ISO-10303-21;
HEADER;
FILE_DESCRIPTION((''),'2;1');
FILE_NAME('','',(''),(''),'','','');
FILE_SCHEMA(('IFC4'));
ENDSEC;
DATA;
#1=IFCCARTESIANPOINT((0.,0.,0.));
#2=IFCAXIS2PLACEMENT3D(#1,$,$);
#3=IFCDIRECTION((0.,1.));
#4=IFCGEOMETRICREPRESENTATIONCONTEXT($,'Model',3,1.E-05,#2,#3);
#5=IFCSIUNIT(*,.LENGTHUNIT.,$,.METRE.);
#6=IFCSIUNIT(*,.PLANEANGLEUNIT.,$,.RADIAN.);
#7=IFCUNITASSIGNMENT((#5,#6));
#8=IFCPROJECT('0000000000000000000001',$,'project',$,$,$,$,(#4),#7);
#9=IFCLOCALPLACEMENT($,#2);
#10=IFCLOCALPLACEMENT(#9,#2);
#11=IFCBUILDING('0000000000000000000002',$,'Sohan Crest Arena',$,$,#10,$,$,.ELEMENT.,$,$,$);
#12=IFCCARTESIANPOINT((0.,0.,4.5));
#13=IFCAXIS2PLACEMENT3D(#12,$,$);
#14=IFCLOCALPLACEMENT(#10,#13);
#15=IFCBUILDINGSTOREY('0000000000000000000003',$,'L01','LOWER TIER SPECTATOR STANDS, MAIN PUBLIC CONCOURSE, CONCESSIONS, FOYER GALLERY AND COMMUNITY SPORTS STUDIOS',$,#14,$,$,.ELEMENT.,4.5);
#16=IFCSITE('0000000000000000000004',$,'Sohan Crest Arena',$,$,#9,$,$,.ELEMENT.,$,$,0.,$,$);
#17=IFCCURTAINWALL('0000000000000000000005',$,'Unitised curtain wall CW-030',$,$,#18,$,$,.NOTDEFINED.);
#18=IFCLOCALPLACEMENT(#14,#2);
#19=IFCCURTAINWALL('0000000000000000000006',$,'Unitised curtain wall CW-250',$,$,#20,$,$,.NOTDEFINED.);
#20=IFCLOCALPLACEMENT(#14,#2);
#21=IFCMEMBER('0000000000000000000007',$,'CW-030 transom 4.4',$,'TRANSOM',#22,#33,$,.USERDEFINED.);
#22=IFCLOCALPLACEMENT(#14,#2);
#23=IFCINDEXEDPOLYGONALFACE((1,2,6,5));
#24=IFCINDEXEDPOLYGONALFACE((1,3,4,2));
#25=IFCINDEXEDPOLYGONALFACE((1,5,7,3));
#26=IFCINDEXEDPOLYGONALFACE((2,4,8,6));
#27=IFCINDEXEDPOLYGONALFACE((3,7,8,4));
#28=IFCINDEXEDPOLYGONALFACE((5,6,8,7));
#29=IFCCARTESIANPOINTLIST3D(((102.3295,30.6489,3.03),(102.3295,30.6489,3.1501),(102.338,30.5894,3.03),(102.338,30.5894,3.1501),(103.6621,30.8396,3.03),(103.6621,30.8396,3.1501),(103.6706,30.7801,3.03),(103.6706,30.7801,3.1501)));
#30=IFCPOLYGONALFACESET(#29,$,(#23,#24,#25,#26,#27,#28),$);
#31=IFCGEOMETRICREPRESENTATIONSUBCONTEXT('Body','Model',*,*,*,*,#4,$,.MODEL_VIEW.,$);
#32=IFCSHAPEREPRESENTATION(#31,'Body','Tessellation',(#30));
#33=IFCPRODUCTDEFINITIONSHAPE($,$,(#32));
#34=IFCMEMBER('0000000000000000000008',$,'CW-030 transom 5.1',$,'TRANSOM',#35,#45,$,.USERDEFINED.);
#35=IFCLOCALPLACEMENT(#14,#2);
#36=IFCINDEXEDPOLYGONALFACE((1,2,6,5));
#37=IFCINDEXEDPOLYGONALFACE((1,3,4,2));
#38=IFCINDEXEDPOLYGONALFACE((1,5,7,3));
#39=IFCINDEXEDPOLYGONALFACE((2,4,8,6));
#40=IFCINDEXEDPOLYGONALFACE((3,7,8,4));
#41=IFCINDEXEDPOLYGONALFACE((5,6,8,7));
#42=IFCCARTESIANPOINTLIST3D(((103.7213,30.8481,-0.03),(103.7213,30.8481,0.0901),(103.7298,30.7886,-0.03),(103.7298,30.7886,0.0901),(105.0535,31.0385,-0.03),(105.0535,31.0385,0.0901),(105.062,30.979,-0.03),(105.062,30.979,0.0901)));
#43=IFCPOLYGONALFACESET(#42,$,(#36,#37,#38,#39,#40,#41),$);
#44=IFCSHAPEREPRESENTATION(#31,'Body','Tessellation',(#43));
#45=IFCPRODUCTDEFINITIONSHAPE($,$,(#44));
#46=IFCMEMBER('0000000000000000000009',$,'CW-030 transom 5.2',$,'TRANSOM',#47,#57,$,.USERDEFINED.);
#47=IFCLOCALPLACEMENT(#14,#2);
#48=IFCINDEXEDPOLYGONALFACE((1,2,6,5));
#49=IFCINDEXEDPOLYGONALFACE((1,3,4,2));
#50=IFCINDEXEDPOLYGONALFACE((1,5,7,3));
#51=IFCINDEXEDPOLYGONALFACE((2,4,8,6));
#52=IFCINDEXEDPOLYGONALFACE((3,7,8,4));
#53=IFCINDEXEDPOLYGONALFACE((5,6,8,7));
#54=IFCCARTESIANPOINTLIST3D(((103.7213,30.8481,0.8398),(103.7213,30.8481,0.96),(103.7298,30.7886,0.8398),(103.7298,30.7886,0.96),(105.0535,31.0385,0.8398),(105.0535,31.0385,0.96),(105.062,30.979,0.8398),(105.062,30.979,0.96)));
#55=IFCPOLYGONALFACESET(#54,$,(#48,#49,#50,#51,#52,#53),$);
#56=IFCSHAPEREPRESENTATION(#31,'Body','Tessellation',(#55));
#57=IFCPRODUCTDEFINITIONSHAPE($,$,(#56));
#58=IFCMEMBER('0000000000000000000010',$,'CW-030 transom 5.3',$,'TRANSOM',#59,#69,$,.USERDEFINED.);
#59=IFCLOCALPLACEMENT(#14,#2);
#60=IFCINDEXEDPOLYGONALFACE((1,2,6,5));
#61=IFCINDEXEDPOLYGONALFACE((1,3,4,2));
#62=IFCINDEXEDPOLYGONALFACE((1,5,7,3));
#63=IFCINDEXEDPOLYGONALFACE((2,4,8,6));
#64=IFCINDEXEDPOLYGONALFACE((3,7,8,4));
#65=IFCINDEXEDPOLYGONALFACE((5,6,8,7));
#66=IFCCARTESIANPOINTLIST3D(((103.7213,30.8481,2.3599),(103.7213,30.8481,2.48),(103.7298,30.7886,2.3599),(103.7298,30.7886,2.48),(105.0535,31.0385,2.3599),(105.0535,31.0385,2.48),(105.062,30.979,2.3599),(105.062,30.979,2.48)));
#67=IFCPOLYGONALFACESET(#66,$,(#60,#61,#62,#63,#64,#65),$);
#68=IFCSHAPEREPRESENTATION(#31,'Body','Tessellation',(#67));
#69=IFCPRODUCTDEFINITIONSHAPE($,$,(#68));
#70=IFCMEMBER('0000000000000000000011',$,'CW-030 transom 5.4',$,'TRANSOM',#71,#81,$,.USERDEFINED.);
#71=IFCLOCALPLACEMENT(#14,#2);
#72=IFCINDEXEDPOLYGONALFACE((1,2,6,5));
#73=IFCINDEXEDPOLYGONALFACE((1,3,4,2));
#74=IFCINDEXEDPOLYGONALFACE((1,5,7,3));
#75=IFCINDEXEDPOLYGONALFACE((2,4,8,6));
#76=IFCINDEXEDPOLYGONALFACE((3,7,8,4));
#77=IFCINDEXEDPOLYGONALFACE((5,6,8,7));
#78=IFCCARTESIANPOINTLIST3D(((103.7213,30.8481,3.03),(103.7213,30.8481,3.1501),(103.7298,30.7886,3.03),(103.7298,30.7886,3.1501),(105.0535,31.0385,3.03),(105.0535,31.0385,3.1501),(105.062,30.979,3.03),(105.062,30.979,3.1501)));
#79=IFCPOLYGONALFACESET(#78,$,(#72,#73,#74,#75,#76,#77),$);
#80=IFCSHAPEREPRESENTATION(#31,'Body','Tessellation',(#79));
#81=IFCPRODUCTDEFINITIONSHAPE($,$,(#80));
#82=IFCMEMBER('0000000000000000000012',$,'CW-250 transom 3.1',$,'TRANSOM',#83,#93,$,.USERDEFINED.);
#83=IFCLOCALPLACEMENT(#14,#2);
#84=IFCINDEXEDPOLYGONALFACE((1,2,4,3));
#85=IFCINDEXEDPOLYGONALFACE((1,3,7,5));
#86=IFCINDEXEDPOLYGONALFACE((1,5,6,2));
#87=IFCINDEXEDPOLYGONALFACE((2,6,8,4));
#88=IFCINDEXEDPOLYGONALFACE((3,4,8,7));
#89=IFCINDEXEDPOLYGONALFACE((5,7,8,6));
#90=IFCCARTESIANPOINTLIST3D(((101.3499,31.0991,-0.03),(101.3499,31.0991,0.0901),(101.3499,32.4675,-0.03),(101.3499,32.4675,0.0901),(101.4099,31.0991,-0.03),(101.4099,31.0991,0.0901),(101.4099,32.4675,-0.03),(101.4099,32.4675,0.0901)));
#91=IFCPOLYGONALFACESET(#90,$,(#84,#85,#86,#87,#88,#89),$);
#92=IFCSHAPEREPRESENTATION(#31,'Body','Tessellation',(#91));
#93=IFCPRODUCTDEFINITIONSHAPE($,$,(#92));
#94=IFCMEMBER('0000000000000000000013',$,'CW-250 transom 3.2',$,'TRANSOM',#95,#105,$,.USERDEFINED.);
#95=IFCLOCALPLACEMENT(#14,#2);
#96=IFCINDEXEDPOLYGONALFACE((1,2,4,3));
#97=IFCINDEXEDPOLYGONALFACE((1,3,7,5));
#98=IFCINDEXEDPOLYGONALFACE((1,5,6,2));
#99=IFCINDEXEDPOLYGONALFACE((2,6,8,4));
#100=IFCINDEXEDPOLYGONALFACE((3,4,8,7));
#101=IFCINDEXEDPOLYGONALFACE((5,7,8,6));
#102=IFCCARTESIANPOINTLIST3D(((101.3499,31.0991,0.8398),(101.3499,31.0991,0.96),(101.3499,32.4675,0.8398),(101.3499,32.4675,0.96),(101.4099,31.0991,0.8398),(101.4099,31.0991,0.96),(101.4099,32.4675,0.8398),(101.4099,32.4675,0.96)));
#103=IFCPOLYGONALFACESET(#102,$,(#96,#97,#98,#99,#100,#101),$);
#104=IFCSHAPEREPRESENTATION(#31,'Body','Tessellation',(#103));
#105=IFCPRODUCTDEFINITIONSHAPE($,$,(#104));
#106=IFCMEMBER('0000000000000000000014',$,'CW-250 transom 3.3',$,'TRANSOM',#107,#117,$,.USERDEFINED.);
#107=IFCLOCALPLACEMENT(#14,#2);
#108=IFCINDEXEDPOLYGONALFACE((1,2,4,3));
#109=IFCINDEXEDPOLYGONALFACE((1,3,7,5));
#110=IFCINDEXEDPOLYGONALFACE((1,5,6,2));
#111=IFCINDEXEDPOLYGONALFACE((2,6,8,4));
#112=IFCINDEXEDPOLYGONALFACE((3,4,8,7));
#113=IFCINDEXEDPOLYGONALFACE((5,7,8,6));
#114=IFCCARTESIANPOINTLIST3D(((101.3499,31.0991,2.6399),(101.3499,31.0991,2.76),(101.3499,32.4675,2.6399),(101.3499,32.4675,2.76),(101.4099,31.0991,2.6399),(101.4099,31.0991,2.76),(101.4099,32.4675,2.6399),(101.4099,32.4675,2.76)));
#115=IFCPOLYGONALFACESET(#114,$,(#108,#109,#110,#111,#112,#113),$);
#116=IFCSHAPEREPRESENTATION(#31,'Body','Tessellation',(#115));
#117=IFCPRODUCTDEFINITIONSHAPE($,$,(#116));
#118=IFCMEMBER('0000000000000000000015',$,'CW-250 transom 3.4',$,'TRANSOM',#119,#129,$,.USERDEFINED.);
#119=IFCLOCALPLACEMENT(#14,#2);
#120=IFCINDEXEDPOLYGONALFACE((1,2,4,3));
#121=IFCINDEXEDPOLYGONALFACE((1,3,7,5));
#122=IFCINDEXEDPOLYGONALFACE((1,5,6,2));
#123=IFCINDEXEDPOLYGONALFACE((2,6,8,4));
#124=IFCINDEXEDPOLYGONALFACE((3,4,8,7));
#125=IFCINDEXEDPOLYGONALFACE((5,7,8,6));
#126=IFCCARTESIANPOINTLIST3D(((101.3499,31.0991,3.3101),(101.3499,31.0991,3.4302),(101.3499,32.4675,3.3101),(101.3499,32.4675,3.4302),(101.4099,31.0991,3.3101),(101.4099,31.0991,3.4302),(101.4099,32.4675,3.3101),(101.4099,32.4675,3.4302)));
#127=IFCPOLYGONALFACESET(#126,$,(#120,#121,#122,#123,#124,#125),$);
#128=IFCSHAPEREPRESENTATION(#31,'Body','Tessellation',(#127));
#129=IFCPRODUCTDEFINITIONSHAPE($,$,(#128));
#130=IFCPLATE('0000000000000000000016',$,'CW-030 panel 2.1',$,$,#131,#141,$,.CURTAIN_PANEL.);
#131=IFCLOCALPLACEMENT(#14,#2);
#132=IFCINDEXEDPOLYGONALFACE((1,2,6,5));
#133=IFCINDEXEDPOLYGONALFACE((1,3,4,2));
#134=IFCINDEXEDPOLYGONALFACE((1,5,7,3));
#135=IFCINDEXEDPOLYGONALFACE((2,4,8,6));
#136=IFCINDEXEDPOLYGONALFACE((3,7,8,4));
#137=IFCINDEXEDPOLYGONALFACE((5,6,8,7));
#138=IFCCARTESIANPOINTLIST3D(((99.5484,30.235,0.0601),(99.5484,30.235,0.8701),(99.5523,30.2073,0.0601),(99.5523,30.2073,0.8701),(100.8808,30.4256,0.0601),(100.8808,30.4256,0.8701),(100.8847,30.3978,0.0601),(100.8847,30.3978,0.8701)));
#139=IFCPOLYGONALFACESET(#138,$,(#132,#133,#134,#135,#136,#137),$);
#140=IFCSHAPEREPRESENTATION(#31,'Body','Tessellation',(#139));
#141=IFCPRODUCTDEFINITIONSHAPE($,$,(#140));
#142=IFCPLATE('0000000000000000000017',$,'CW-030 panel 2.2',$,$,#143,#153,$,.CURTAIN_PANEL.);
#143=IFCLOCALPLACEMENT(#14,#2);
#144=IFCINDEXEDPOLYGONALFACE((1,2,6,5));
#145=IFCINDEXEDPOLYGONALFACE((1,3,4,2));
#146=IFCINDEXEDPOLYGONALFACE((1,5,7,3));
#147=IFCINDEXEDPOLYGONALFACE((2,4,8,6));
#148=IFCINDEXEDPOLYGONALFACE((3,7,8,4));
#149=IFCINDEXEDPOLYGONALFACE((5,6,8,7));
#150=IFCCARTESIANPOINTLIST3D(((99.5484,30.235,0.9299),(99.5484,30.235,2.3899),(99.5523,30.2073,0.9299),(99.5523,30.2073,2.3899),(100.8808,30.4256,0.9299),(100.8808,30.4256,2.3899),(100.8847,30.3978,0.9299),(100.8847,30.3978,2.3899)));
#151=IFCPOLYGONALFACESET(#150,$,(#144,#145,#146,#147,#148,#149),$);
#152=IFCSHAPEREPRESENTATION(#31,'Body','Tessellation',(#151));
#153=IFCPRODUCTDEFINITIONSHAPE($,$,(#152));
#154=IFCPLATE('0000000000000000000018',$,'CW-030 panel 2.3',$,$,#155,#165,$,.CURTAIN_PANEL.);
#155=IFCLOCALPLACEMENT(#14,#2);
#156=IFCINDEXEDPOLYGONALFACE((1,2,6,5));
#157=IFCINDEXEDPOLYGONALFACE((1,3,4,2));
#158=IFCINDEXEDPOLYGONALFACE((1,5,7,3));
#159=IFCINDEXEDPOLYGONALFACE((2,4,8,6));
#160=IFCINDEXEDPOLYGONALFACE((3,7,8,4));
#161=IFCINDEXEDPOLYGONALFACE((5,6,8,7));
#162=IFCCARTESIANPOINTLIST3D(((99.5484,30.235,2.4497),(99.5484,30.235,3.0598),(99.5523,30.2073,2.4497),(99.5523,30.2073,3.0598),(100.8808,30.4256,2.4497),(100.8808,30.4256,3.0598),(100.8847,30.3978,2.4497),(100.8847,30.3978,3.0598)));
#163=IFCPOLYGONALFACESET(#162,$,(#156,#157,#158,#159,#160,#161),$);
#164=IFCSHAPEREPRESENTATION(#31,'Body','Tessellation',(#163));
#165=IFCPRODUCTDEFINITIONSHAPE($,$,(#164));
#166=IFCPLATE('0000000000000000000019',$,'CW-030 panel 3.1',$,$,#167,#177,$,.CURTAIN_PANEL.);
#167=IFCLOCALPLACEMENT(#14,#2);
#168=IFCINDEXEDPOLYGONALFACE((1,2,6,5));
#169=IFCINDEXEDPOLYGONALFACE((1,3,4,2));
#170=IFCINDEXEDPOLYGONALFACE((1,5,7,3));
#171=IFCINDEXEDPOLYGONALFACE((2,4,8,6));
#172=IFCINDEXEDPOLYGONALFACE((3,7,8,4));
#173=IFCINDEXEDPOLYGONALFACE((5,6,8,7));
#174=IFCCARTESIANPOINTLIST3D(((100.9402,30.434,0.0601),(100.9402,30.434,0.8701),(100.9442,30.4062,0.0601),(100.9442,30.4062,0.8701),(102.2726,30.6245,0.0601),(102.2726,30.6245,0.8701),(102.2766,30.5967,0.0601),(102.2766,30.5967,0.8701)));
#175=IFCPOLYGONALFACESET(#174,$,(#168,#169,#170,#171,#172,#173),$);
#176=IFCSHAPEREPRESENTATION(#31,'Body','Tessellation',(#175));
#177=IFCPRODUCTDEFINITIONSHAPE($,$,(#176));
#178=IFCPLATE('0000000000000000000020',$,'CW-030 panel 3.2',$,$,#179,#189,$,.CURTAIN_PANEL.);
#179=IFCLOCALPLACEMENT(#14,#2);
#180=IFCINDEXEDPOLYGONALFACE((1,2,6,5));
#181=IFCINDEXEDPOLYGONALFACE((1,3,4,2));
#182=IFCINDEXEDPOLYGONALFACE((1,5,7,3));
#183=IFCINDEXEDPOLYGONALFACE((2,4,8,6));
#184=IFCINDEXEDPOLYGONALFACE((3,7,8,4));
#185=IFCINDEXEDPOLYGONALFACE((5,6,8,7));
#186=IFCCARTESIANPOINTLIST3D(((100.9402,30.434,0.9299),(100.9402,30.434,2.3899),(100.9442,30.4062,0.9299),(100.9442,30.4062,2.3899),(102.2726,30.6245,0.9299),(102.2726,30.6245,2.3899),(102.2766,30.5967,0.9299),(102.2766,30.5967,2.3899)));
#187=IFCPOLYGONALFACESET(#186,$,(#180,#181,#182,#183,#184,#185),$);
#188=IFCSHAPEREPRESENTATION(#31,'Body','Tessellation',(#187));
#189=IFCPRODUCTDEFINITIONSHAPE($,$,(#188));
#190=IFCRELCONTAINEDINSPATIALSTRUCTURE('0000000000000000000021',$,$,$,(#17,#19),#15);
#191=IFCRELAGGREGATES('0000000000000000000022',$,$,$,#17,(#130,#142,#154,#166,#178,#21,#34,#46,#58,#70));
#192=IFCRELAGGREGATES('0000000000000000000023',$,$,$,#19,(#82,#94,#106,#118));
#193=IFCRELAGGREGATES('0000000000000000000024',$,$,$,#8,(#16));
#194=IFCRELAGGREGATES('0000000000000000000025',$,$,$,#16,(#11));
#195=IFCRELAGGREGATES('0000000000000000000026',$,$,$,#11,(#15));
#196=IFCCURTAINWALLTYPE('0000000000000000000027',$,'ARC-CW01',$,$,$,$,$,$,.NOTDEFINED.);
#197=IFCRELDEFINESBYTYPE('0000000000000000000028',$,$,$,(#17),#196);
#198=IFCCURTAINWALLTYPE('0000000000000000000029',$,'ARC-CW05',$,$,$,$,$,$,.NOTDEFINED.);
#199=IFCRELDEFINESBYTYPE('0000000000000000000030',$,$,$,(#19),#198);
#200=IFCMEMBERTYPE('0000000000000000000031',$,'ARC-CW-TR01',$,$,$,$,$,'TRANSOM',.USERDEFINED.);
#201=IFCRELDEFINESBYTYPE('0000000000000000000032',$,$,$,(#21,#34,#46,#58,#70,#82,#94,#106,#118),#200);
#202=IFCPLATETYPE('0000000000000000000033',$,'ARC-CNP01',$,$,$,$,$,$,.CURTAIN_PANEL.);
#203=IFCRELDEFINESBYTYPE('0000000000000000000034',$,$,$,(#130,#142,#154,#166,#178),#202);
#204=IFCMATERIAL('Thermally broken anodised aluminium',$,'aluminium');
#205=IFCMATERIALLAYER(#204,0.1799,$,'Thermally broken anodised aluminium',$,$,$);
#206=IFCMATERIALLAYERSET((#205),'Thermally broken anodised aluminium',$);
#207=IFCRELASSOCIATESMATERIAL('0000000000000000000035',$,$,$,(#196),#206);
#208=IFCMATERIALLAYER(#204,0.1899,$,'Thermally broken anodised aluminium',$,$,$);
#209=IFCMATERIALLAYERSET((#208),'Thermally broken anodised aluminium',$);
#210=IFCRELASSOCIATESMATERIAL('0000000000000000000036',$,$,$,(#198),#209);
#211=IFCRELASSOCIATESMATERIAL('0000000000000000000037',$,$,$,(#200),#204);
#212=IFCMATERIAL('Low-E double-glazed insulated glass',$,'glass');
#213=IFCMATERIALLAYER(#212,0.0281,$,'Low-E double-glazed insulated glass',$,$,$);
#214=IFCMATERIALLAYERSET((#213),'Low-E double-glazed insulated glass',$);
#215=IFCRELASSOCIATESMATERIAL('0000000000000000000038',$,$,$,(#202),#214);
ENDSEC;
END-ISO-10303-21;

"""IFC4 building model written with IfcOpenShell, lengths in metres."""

from ifc_helpers import new_model, si_unit, direction, frame, origin, origin_2d, place, context, subcontext, project, spatial, rectangle, extrude, material, layer, layer_set, material_profile, profile_set, type_object, element, aggregate, save


model = new_model("IFC4")

# Units and contexts
model_context = context("Model", 3, precision=1e-05, world=origin(), true_north=direction((0.0, 1.0)))
body_context = subcontext(model_context, "Body", "Model", "MODEL_VIEW")
ifc_project = project(units=[si_unit("LENGTHUNIT", "METRE"), si_unit("PLANEANGLEUNIT", "RADIAN")], contexts=[model_context])

# Site, building, storey
site_placement = place(None, origin())
site = spatial("IfcSite", under=ifc_project, at=site_placement, Name="Sohan Crest Arena", CompositionType="ELEMENT", RefElevation=0.0)
building_placement = place(site_placement, origin())
building = spatial("IfcBuilding", under=site, at=building_placement, Name="Sohan Crest Arena", CompositionType="ELEMENT")
storey_placement = place(building_placement, frame((0.0, 0.0, 4.5)))
storey = spatial("IfcBuildingStorey", under=building, at=storey_placement, Name="L01", Description="LOWER TIER SPECTATOR STANDS, MAIN PUBLIC CONCOURSE, CONCESSIONS, FOYER GALLERY AND COMMUNITY SPORTS STUDIOS", CompositionType="ELEMENT", Elevation=4.5)

# Curtain wall
ifc_material_1 = material(Name="Thermally broken anodised aluminium", Category="aluminium")
ifc_layer_1 = layer(ifc_material_1, 0.1799, Name="Thermally broken anodised aluminium")
ifc_layer_set_1 = layer_set([ifc_layer_1], Name="Thermally broken anodised aluminium")
curtain_wall_type_1 = type_object("IfcCurtainWallType", Name="ARC-CW01", PredefinedType="NOTDEFINED", material=ifc_layer_set_1)
curtain_wall_1_placement = place(storey_placement, origin())
curtain_wall_1 = element("IfcCurtainWall", 1, at=curtain_wall_1_placement, inside=storey, type_object=curtain_wall_type_1, Name="Unitised curtain wall CW-030", PredefinedType="NOTDEFINED")

# Curtain wall
ifc_layer_2 = layer(ifc_material_1, 0.1899, Name="Thermally broken anodised aluminium")
ifc_layer_set_2 = layer_set([ifc_layer_2], Name="Thermally broken anodised aluminium")
curtain_wall_type_2 = type_object("IfcCurtainWallType", Name="ARC-CW05", PredefinedType="NOTDEFINED", material=ifc_layer_set_2)
curtain_wall_2_placement = place(storey_placement, origin())
curtain_wall_2 = element("IfcCurtainWall", 2, at=curtain_wall_2_placement, inside=storey, type_object=curtain_wall_type_2, Name="Unitised curtain wall CW-250", PredefinedType="NOTDEFINED")

# Members
ifc_material_profile_1 = material_profile(ifc_material_1, rectangle(XDim=0.0601, YDim=0.1201, at=origin_2d()), Name="ALU-TRAN 60x120")
ifc_profile_set_1 = profile_set([ifc_material_profile_1], Name="Thermally broken anodised aluminium")
member_type_1 = type_object("IfcMemberType", Name="ARC-CW-TR01", ElementType="TRANSOM", PredefinedType="USERDEFINED", material=ifc_profile_set_1)
member_1_placement = place(storey_placement, frame((102.3337, 30.6191, 3.0901), z_axis=(0.989917, 0.14165, 0.0), x_axis=(-0.14165, 0.989917, 0.0)))
member_1 = element("IfcMember", 3, at=member_1_placement, type_object=member_type_1, Name="CW-030 transom 4.4", ObjectType="TRANSOM", PredefinedType="USERDEFINED", context=body_context, shape_type="SweptSolid", body=[
    extrude(rectangle(XDim=0.0601, YDim=0.1201, at=origin_2d()), origin(), (0.0, 0.0, 1.0), 1.3462),
])
member_2_placement = place(storey_placement, frame((103.7256, 30.8184, 0.03), z_axis=(0.989939, 0.141498, 0.0), x_axis=(-0.141498, 0.989939, 0.0)))
member_2 = element("IfcMember", 4, at=member_2_placement, type_object=member_type_1, Name="CW-030 transom 5.1", ObjectType="TRANSOM", PredefinedType="USERDEFINED", context=body_context, shape_type="SweptSolid", body=[
    extrude(rectangle(XDim=0.0601, YDim=0.1201, at=origin_2d()), origin(), (0.0, 0.0, 1.0), 1.3457),
])
member_3_placement = place(storey_placement, frame((103.7256, 30.8184, 0.8999), z_axis=(0.989939, 0.141498, 0.0), x_axis=(-0.141498, 0.989939, 0.0)))
member_3 = element("IfcMember", 5, at=member_3_placement, type_object=member_type_1, Name="CW-030 transom 5.2", ObjectType="TRANSOM", PredefinedType="USERDEFINED", context=body_context, shape_type="SweptSolid", body=[
    extrude(rectangle(XDim=0.0601, YDim=0.1201, at=origin_2d()), origin(), (0.0, 0.0, 1.0), 1.3457),
])
member_4_placement = place(storey_placement, frame((103.7256, 30.8184, 2.4199), z_axis=(0.989939, 0.141498, 0.0), x_axis=(-0.141498, 0.989939, 0.0)))
member_4 = element("IfcMember", 6, at=member_4_placement, type_object=member_type_1, Name="CW-030 transom 5.3", ObjectType="TRANSOM", PredefinedType="USERDEFINED", context=body_context, shape_type="SweptSolid", body=[
    extrude(rectangle(XDim=0.0601, YDim=0.1201, at=origin_2d()), origin(), (0.0, 0.0, 1.0), 1.3457),
])
member_5_placement = place(storey_placement, frame((103.7256, 30.8184, 3.0901), z_axis=(0.989939, 0.141498, 0.0), x_axis=(-0.141498, 0.989939, 0.0)))
member_5 = element("IfcMember", 7, at=member_5_placement, type_object=member_type_1, Name="CW-030 transom 5.4", ObjectType="TRANSOM", PredefinedType="USERDEFINED", context=body_context, shape_type="SweptSolid", body=[
    extrude(rectangle(XDim=0.0601, YDim=0.1201, at=origin_2d()), origin(), (0.0, 0.0, 1.0), 1.3457),
])
member_6_placement = place(storey_placement, frame((101.3799, 31.0991, 0.03), z_axis=(0.0, 1.0, 0.0), x_axis=(-1.0, 0.0, 0.0)))
member_6 = element("IfcMember", 8, at=member_6_placement, type_object=member_type_1, Name="CW-250 transom 3.1", ObjectType="TRANSOM", PredefinedType="USERDEFINED", context=body_context, shape_type="SweptSolid", body=[
    extrude(rectangle(XDim=0.0601, YDim=0.1201, at=origin_2d()), origin(), (0.0, 0.0, 1.0), 1.3684),
])
member_7_placement = place(storey_placement, frame((101.3799, 31.0991, 0.8999), z_axis=(0.0, 1.0, 0.0), x_axis=(-1.0, 0.0, 0.0)))
member_7 = element("IfcMember", 9, at=member_7_placement, type_object=member_type_1, Name="CW-250 transom 3.2", ObjectType="TRANSOM", PredefinedType="USERDEFINED", context=body_context, shape_type="SweptSolid", body=[
    extrude(rectangle(XDim=0.0601, YDim=0.1201, at=origin_2d()), origin(), (0.0, 0.0, 1.0), 1.3684),
])
member_8_placement = place(storey_placement, frame((101.3799, 31.0991, 2.7), z_axis=(0.0, 1.0, 0.0), x_axis=(-1.0, 0.0, 0.0)))
member_8 = element("IfcMember", 10, at=member_8_placement, type_object=member_type_1, Name="CW-250 transom 3.3", ObjectType="TRANSOM", PredefinedType="USERDEFINED", context=body_context, shape_type="SweptSolid", body=[
    extrude(rectangle(XDim=0.0601, YDim=0.1201, at=origin_2d()), origin(), (0.0, 0.0, 1.0), 1.3684),
])
member_9_placement = place(storey_placement, frame((101.3799, 31.0991, 3.3701), z_axis=(0.0, 1.0, 0.0), x_axis=(-1.0, 0.0, 0.0)))
member_9 = element("IfcMember", 11, at=member_9_placement, type_object=member_type_1, Name="CW-250 transom 3.4", ObjectType="TRANSOM", PredefinedType="USERDEFINED", context=body_context, shape_type="SweptSolid", body=[
    extrude(rectangle(XDim=0.0601, YDim=0.1201, at=origin_2d()), origin(), (0.0, 0.0, 1.0), 1.3684),
])

# Plates
ifc_material_2 = material(Name="Low-E double-glazed insulated glass", Category="glass")
ifc_layer_3 = layer(ifc_material_2, 0.0281, Name="Low-E double-glazed insulated glass")
ifc_layer_set_3 = layer_set([ifc_layer_3], Name="Low-E double-glazed insulated glass")
plate_type = type_object("IfcPlateType", Name="ARC-CNP01", PredefinedType="CURTAIN_PANEL", material=ifc_layer_set_3)
plate_1_placement = place(storey_placement, frame((100.2166, 30.3164, 0.0601), z_axis=(0.0, 0.0, 1.0), x_axis=(0.989931, 0.141549, 0.0)))
plate_1 = element("IfcPlate", 12, at=plate_1_placement, type_object=plate_type, Name="CW-030 panel 2.1", PredefinedType="CURTAIN_PANEL", context=body_context, shape_type="SweptSolid", body=[
    extrude(rectangle(XDim=1.3459, YDim=0.0281, at=origin_2d()), origin(), (0.0, 0.0, 1.0), 0.8101),
])
plate_2_placement = place(storey_placement, frame((100.2166, 30.3164, 0.9299), z_axis=(0.0, 0.0, 1.0), x_axis=(0.989931, 0.141549, 0.0)))
plate_2 = element("IfcPlate", 13, at=plate_2_placement, type_object=plate_type, Name="CW-030 panel 2.2", PredefinedType="CURTAIN_PANEL", context=body_context, shape_type="SweptSolid", body=[
    extrude(rectangle(XDim=1.3459, YDim=0.0281, at=origin_2d()), origin(), (0.0, 0.0, 1.0), 1.46),
])
plate_3_placement = place(storey_placement, frame((100.2166, 30.3164, 2.4497), z_axis=(0.0, 0.0, 1.0), x_axis=(0.989931, 0.141549, 0.0)))
plate_3 = element("IfcPlate", 14, at=plate_3_placement, type_object=plate_type, Name="CW-030 panel 2.3", PredefinedType="CURTAIN_PANEL", context=body_context, shape_type="SweptSolid", body=[
    extrude(rectangle(XDim=1.3459, YDim=0.0281, at=origin_2d()), origin(), (0.0, 0.0, 1.0), 0.6101),
])
plate_4_placement = place(storey_placement, frame((101.6084, 30.5154, 0.0601), z_axis=(0.0, 0.0, 1.0), x_axis=(0.989931, 0.141549, 0.0)))
plate_4 = element("IfcPlate", 15, at=plate_4_placement, type_object=plate_type, Name="CW-030 panel 3.1", PredefinedType="CURTAIN_PANEL", context=body_context, shape_type="SweptSolid", body=[
    extrude(rectangle(XDim=1.3459, YDim=0.0281, at=origin_2d()), origin(), (0.0, 0.0, 1.0), 0.8101),
])
plate_5_placement = place(storey_placement, frame((101.6084, 30.5154, 0.9299), z_axis=(0.0, 0.0, 1.0), x_axis=(0.989931, 0.141549, 0.0)))
plate_5 = element("IfcPlate", 16, at=plate_5_placement, type_object=plate_type, Name="CW-030 panel 3.2", PredefinedType="CURTAIN_PANEL", context=body_context, shape_type="SweptSolid", body=[
    extrude(rectangle(XDim=1.3459, YDim=0.0281, at=origin_2d()), origin(), (0.0, 0.0, 1.0), 1.46),
])
aggregate(curtain_wall_1, [plate_1, plate_2, plate_3, plate_4, plate_5, member_1, member_2, member_3, member_4, member_5])
aggregate(curtain_wall_2, [member_6, member_7, member_8, member_9])

save(model, "model.ifc")
